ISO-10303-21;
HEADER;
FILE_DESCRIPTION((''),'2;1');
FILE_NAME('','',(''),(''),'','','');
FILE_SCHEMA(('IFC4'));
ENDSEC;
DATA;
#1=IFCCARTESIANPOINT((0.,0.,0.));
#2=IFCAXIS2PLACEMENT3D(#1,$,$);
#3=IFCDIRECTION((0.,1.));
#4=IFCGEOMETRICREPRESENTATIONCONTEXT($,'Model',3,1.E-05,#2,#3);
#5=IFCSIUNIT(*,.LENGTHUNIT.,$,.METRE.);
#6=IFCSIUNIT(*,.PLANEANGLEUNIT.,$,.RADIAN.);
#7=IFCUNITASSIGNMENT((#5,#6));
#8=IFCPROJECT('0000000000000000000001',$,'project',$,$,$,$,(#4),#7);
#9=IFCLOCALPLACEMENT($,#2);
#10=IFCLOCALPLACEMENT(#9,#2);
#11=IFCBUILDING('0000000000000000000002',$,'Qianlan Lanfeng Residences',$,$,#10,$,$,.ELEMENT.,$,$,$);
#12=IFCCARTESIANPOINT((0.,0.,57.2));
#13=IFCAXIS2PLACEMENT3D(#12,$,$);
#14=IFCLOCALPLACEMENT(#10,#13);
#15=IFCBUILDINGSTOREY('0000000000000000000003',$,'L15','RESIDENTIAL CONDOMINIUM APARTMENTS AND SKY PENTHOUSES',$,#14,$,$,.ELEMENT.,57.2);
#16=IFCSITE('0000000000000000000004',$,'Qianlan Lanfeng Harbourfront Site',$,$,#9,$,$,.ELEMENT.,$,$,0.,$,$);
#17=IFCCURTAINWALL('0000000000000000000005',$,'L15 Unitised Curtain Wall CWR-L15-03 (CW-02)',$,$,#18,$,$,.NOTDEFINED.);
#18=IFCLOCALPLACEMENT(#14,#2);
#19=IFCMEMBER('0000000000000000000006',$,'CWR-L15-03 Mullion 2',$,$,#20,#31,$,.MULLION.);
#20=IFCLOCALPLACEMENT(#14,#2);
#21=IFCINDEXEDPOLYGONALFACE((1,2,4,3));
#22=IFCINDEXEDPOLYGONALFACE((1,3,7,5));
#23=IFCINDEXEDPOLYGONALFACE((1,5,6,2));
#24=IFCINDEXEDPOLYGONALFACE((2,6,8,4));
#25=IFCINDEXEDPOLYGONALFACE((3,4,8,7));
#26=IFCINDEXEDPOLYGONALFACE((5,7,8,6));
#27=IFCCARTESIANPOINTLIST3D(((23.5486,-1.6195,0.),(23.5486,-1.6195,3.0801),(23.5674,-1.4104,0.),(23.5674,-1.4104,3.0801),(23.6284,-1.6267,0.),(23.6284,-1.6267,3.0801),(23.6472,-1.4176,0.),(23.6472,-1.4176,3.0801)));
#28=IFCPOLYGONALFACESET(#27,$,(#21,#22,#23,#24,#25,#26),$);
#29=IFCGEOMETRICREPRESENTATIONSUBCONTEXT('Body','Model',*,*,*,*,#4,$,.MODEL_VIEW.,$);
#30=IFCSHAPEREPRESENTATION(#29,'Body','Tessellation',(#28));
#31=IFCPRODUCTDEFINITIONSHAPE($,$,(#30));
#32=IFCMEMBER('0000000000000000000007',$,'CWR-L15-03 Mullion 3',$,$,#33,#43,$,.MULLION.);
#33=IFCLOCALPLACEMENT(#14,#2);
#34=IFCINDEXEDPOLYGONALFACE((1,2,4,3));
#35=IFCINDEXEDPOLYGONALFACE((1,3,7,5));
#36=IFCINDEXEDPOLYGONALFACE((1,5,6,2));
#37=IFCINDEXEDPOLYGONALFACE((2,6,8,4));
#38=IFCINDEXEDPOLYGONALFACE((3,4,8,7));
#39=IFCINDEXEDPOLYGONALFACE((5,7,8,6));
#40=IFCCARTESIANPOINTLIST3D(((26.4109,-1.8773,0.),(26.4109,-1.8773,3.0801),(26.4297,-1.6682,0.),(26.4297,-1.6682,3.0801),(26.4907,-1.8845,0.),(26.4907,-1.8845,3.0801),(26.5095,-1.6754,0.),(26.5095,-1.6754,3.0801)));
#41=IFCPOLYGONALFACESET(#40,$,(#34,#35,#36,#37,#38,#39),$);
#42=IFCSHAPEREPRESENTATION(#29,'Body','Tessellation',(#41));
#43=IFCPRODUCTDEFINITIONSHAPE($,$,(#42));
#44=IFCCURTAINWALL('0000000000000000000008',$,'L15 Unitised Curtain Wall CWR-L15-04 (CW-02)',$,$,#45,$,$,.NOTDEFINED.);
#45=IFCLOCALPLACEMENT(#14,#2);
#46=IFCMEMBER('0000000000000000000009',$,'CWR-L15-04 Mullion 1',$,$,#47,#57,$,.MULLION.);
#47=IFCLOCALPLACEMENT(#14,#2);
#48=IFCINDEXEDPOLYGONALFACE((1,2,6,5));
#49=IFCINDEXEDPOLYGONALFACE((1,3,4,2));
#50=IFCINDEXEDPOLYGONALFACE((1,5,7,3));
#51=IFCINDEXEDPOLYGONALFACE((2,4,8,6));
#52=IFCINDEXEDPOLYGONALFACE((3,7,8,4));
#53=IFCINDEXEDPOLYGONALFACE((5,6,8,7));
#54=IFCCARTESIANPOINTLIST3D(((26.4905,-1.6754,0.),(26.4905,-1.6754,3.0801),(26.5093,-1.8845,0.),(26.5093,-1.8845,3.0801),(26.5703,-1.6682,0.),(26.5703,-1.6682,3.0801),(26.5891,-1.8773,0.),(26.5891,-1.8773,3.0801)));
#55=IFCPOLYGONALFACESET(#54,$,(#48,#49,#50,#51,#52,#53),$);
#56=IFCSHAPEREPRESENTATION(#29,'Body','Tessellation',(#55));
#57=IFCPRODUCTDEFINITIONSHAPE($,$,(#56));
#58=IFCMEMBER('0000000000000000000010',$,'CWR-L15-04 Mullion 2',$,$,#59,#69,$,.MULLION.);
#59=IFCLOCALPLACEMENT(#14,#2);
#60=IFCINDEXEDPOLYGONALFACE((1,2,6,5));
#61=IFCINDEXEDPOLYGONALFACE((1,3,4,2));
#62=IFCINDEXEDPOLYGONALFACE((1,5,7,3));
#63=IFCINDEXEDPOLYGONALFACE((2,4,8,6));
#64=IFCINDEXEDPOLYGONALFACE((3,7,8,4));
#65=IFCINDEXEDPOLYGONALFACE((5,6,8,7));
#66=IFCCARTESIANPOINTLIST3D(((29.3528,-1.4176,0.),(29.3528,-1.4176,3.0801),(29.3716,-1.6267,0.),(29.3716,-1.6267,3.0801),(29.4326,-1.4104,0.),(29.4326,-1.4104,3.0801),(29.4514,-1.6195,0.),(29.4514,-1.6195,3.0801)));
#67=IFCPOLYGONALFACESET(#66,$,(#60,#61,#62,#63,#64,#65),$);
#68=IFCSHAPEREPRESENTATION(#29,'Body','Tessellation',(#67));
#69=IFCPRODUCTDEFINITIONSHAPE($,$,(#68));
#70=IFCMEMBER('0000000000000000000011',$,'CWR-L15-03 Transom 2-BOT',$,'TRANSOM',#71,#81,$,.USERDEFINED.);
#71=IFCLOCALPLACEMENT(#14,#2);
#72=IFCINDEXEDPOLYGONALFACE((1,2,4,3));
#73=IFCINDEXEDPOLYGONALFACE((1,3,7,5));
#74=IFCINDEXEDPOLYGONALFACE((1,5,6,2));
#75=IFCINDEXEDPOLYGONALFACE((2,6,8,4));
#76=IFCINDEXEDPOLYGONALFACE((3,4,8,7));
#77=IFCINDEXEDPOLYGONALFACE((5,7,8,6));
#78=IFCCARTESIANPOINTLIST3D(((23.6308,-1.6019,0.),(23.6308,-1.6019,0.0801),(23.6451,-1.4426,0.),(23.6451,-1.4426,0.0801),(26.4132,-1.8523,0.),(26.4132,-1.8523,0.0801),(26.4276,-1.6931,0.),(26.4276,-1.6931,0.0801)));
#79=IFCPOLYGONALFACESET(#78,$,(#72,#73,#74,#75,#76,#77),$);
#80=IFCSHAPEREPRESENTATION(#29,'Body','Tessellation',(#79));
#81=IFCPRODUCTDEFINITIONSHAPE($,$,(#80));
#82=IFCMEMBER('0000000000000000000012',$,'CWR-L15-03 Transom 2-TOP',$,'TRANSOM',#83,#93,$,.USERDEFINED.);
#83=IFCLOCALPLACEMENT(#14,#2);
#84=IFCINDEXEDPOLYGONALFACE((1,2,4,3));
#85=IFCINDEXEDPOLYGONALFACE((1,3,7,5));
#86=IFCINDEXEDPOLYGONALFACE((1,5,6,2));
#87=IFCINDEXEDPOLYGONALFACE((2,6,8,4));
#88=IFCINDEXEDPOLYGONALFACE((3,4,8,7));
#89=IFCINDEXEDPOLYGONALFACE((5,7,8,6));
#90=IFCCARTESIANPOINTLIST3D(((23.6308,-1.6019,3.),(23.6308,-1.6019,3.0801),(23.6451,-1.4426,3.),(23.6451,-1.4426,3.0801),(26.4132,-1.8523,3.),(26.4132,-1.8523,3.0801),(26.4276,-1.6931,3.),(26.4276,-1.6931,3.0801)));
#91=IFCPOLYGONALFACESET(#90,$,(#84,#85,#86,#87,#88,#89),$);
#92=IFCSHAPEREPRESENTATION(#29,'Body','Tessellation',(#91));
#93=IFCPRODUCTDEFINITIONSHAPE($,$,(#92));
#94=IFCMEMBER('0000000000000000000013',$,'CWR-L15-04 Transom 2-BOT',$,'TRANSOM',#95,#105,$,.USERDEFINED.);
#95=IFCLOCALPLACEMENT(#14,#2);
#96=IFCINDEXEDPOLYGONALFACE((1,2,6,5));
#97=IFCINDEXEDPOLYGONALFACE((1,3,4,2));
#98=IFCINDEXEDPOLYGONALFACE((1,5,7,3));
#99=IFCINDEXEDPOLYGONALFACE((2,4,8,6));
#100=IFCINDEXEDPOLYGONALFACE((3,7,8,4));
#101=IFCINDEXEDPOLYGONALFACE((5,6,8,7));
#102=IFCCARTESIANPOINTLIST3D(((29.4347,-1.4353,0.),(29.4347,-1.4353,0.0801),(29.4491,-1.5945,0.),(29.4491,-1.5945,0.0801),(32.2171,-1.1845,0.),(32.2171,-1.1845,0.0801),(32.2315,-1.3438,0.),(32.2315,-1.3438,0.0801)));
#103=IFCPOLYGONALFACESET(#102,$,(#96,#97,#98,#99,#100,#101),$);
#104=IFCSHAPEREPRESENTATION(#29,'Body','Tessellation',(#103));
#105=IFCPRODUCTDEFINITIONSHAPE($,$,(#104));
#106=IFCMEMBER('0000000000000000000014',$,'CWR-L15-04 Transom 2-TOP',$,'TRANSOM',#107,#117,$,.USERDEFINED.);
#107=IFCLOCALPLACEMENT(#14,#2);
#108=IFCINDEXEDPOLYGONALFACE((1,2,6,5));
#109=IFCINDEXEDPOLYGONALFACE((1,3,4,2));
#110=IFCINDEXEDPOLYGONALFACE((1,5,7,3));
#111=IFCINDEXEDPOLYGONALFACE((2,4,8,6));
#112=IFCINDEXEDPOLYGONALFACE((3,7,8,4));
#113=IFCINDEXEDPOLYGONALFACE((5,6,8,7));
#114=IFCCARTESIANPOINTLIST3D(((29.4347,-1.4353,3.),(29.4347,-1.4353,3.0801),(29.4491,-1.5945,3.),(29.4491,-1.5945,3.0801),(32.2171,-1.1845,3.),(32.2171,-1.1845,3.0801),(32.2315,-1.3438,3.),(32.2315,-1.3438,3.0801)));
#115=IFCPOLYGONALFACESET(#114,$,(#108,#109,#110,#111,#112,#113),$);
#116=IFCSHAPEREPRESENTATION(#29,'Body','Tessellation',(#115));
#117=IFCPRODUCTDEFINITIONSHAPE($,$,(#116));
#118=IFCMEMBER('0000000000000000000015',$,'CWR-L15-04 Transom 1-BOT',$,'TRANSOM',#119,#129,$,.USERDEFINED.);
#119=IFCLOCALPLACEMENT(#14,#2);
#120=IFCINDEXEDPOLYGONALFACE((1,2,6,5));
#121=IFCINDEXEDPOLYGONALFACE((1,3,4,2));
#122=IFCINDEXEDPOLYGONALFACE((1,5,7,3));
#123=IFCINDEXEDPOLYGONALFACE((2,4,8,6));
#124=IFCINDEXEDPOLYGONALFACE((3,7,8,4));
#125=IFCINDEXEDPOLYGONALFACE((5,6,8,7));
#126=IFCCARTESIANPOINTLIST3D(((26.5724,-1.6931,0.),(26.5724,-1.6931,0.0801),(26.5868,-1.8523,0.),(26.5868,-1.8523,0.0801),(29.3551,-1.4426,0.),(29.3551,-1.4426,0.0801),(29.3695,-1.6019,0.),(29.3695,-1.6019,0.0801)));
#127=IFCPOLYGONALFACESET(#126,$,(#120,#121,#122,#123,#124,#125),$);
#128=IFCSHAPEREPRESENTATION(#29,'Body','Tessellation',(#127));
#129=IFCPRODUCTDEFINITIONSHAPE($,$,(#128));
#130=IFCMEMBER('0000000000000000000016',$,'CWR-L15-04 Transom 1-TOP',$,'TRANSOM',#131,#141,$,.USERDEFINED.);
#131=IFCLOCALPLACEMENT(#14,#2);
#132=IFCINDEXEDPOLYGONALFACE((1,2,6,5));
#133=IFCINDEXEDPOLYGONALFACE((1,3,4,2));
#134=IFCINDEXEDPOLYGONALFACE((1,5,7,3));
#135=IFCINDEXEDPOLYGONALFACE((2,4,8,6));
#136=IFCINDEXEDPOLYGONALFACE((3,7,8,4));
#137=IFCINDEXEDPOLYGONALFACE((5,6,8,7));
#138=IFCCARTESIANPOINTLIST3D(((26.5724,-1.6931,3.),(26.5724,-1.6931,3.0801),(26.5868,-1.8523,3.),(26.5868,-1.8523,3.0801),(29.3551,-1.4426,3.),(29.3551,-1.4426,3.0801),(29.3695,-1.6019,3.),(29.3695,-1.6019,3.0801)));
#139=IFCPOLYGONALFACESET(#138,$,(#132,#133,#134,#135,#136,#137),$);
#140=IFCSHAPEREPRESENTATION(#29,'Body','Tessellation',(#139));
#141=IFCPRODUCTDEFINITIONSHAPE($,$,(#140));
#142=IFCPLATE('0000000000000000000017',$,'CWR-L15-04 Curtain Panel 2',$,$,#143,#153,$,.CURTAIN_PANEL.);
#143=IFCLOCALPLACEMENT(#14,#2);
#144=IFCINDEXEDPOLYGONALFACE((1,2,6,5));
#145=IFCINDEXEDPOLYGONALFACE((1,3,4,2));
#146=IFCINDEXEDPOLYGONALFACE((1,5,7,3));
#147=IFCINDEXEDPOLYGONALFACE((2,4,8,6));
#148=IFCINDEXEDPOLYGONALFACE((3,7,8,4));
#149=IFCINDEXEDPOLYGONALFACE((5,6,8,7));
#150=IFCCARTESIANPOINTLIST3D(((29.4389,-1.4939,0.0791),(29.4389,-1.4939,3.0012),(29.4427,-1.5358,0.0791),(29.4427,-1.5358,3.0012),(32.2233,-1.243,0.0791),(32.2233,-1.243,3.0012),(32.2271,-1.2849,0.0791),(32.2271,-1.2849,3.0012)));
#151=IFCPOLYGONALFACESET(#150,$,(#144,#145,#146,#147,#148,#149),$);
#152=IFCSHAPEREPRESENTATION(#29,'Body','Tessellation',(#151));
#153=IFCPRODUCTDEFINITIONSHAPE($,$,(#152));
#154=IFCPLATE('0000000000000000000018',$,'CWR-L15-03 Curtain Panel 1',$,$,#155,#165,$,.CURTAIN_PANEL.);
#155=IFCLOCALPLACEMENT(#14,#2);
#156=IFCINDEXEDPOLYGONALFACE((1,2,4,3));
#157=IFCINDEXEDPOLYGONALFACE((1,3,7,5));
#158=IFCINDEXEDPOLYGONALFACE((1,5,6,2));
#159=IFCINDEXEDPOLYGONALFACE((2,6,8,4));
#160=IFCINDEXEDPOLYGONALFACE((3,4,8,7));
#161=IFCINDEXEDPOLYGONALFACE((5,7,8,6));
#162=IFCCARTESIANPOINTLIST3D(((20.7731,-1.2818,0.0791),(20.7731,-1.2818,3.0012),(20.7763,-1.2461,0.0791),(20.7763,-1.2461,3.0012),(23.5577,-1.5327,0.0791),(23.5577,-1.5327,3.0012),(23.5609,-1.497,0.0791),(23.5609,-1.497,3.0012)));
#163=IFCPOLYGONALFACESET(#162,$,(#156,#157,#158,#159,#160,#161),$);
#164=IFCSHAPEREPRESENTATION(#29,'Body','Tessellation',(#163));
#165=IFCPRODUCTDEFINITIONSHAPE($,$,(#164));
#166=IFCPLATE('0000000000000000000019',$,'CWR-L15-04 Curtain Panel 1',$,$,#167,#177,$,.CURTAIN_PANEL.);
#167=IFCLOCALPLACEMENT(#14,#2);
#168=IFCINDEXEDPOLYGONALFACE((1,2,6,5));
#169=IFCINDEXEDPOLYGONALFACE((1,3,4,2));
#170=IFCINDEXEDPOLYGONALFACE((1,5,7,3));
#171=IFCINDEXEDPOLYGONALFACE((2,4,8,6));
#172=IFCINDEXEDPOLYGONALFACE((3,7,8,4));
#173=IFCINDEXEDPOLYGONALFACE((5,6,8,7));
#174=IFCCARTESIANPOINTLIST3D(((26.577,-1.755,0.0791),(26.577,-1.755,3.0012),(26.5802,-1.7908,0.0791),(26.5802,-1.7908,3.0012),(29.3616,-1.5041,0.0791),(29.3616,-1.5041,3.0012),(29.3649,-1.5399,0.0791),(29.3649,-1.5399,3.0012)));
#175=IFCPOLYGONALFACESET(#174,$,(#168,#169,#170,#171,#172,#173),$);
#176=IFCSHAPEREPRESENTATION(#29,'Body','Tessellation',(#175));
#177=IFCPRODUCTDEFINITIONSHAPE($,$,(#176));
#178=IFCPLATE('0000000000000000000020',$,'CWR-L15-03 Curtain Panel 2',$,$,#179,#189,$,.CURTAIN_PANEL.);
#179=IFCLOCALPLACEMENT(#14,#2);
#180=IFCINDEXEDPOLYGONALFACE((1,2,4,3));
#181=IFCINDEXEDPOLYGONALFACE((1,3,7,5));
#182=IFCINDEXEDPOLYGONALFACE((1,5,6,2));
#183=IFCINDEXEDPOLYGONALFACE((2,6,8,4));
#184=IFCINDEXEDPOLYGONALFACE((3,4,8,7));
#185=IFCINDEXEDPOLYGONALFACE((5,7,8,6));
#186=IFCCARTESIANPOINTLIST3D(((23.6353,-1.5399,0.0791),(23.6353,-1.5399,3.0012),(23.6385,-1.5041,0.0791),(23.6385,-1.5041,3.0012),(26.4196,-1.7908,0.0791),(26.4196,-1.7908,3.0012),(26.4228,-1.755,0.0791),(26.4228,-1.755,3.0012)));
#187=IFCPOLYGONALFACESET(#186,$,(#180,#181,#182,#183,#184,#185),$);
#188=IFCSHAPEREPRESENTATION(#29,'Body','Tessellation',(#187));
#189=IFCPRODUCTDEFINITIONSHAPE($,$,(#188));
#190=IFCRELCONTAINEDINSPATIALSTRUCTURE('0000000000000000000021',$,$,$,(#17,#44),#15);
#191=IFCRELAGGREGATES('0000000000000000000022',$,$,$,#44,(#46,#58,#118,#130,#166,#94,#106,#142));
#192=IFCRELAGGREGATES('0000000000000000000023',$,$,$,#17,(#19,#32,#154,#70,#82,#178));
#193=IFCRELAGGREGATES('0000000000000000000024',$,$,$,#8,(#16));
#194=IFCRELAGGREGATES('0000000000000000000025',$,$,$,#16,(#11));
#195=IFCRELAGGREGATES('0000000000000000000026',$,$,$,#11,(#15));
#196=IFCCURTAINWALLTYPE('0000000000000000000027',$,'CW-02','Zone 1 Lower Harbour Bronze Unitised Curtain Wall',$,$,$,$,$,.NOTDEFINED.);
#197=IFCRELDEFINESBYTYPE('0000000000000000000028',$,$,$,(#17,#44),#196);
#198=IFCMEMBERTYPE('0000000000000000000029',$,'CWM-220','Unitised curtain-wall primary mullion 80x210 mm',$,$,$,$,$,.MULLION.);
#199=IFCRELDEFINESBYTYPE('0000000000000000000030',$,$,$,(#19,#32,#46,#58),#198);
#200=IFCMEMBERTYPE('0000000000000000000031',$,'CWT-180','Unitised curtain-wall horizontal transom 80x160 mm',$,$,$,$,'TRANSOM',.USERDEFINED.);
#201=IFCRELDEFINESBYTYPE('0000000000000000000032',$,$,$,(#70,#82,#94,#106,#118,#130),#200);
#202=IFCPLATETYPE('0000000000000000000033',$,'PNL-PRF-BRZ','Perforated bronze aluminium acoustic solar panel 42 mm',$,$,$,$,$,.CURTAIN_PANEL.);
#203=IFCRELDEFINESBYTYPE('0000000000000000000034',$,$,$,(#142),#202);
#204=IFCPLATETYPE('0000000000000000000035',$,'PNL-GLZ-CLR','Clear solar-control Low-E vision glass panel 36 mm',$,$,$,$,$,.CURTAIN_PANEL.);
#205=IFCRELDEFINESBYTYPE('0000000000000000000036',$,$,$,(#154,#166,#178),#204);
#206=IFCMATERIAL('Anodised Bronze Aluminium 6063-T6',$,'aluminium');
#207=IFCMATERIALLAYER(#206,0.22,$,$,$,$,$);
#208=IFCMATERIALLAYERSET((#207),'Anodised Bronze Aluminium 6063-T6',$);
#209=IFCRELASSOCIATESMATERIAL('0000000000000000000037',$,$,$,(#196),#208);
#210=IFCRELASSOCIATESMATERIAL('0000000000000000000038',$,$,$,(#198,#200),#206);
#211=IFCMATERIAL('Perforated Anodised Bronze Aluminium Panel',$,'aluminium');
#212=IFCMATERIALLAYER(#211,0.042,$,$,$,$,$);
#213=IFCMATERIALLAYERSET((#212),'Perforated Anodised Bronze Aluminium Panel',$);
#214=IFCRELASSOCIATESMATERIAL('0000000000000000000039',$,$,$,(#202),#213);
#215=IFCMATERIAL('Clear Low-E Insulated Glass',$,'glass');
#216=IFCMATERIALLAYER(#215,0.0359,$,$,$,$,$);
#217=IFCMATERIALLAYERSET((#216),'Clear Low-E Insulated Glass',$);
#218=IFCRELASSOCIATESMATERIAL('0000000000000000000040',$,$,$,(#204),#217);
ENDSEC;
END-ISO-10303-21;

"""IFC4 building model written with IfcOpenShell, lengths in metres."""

from ifc_helpers import new_model, si_unit, direction, frame, origin, origin_2d, place, context, subcontext, project, spatial, rectangle, extrude, source, transform, mapped, material, layer, layer_set, material_profile, profile_set, type_object, element, aggregate, save


model = new_model("IFC4")

# Units and contexts
model_context = context("Model", 3, precision=1e-05, world=origin(), true_north=direction((0.0, 1.0)))
body_context = subcontext(model_context, "Body", "Model", "MODEL_VIEW")
ifc_project = project(units=[si_unit("LENGTHUNIT", "METRE"), si_unit("PLANEANGLEUNIT", "RADIAN")], contexts=[model_context])

# Site, building, storey
site_placement = place(None, origin())
site = spatial("IfcSite", under=ifc_project, at=site_placement, Name="Qianlan Lanfeng Harbourfront Site", CompositionType="ELEMENT", RefElevation=0.0)
building_placement = place(site_placement, origin())
building = spatial("IfcBuilding", under=site, at=building_placement, Name="Qianlan Lanfeng Residences", CompositionType="ELEMENT")
storey_placement = place(building_placement, frame((0.0, 0.0, 57.2)))
storey = spatial("IfcBuildingStorey", under=building, at=storey_placement, Name="L15", Description="RESIDENTIAL CONDOMINIUM APARTMENTS AND SKY PENTHOUSES", CompositionType="ELEMENT", Elevation=57.2)

# Curtain walls, members
ifc_material_1 = material(Name="Anodised Bronze Aluminium 6063-T6", Category="aluminium")
ifc_layer_1 = layer(ifc_material_1, 0.22)
ifc_layer_set_1 = layer_set([ifc_layer_1], Name="Anodised Bronze Aluminium 6063-T6")
curtain_wall_type = type_object("IfcCurtainWallType", Name="CW-02", Description="Zone 1 Lower Harbour Bronze Unitised Curtain Wall", PredefinedType="NOTDEFINED", material=ifc_layer_set_1)
curtain_wall_1_placement = place(storey_placement, origin())
curtain_wall_1 = element("IfcCurtainWall", 1, at=curtain_wall_1_placement, inside=storey, type_object=curtain_wall_type, Name="L15 Unitised Curtain Wall CWR-L15-03 (CW-02)", PredefinedType="NOTDEFINED")
ifc_material_profile_1 = material_profile(ifc_material_1, rectangle(XDim=0.0801, YDim=0.21, at=origin_2d()), Name="ALU MULLION 80x210")
ifc_profile_set_1 = profile_set([ifc_material_profile_1], Name="Anodised Bronze Aluminium 6063-T6")
member_type_1 = type_object("IfcMemberType", Name="CWM-220", Description="Unitised curtain-wall primary mullion 80x210 mm", PredefinedType="MULLION", material=ifc_profile_set_1)
shared_shape_1 = source(origin(), body_context, "Body", "SweptSolid", [
    extrude(rectangle(XDim=0.0801, YDim=0.21, at=origin_2d()), origin(), (0.0, 0.0, 1.0), 3.0801),
])
member_1_placement = place(storey_placement, frame((23.5979, -1.5186, 0.0), z_axis=(0.0, 0.0, 1.0), x_axis=(0.995965, -0.089746, 0.0)))
member_1 = element("IfcMember", 2, at=member_1_placement, type_object=member_type_1, Name="CWR-L15-03 Mullion 2", PredefinedType="MULLION", context=body_context, shape_type="MappedRepresentation", body=[
    mapped(shared_shape_1, transform((0.0, 0.0, 0.0), scale=1.0)),
])
member_2_placement = place(storey_placement, frame((26.4602, -1.7764, 0.0), z_axis=(0.0, 0.0, 1.0), x_axis=(0.995965, -0.089746, 0.0)))
member_2 = element("IfcMember", 3, at=member_2_placement, type_object=member_type_1, Name="CWR-L15-03 Mullion 3", PredefinedType="MULLION", context=body_context, shape_type="MappedRepresentation", body=[
    mapped(shared_shape_1, transform((0.0, 0.0, 0.0), scale=1.0)),
])
curtain_wall_2_placement = place(storey_placement, origin())
curtain_wall_2 = element("IfcCurtainWall", 4, at=curtain_wall_2_placement, inside=storey, type_object=curtain_wall_type, Name="L15 Unitised Curtain Wall CWR-L15-04 (CW-02)", PredefinedType="NOTDEFINED")
member_3_placement = place(storey_placement, frame((26.5398, -1.7764, 0.0), z_axis=(0.0, 0.0, 1.0), x_axis=(0.995965, 0.089746, 0.0)))
member_3 = element("IfcMember", 5, at=member_3_placement, type_object=member_type_1, Name="CWR-L15-04 Mullion 1", PredefinedType="MULLION", context=body_context, shape_type="MappedRepresentation", body=[
    mapped(shared_shape_1, transform((0.0, 0.0, 0.0), scale=1.0)),
])
member_4_placement = place(storey_placement, frame((29.4021, -1.5186, 0.0), z_axis=(0.0, 0.0, 1.0), x_axis=(0.995965, 0.089746, 0.0)))
member_4 = element("IfcMember", 6, at=member_4_placement, type_object=member_type_1, Name="CWR-L15-04 Mullion 2", PredefinedType="MULLION", context=body_context, shape_type="MappedRepresentation", body=[
    mapped(shared_shape_1, transform((0.0, 0.0, 0.0), scale=1.0)),
])

# Members
ifc_material_profile_2 = material_profile(ifc_material_1, rectangle(XDim=0.0801, YDim=0.1599, at=origin_2d()), Name="ALU TRANSOM 80x160")
ifc_profile_set_2 = profile_set([ifc_material_profile_2], Name="Anodised Bronze Aluminium 6063-T6")
member_type_2 = type_object("IfcMemberType", Name="CWT-180", Description="Unitised curtain-wall horizontal transom 80x160 mm", ElementType="TRANSOM", PredefinedType="USERDEFINED", material=ifc_profile_set_2)
shared_shape_2 = source(origin(), body_context, "Body", "SweptSolid", [
    extrude(rectangle(XDim=0.0801, YDim=0.1599, at=origin_2d()), origin(), (0.0, 0.0, 1.0), 2.7937),
])
member_5_placement = place(storey_placement, frame((23.6379, -1.5222, 0.04), z_axis=(0.995972, -0.089661, 0.0), x_axis=(0.0, 0.0, 1.0)))
member_5 = element("IfcMember", 7, at=member_5_placement, type_object=member_type_2, Name="CWR-L15-03 Transom 2-BOT", ObjectType="TRANSOM", PredefinedType="USERDEFINED", context=body_context, shape_type="MappedRepresentation", body=[
    mapped(shared_shape_2, transform((0.0, 0.0, 0.0), scale=1.0)),
])
member_6_placement = place(storey_placement, frame((23.6379, -1.5222, 3.04), z_axis=(0.995972, -0.089661, 0.0), x_axis=(0.0, 0.0, 1.0)))
member_6 = element("IfcMember", 8, at=member_6_placement, type_object=member_type_2, Name="CWR-L15-03 Transom 2-TOP", ObjectType="TRANSOM", PredefinedType="USERDEFINED", context=body_context, shape_type="MappedRepresentation", body=[
    mapped(shared_shape_2, transform((0.0, 0.0, 0.0), scale=1.0)),
])
member_7_placement = place(storey_placement, frame((29.4419, -1.5149, 0.04), z_axis=(0.995965, 0.089748, 0.0), x_axis=(0.0, 0.0, 1.0)))
member_7 = element("IfcMember", 9, at=member_7_placement, type_object=member_type_2, Name="CWR-L15-04 Transom 2-BOT", ObjectType="TRANSOM", PredefinedType="USERDEFINED", context=body_context, shape_type="MappedRepresentation", body=[
    mapped(shared_shape_2, transform((0.0, 0.0, 0.0), scale=1.0)),
])
member_8_placement = place(storey_placement, frame((29.4419, -1.5149, 3.04), z_axis=(0.995965, 0.089748, 0.0), x_axis=(0.0, 0.0, 1.0)))
member_8 = element("IfcMember", 10, at=member_8_placement, type_object=member_type_2, Name="CWR-L15-04 Transom 2-TOP", ObjectType="TRANSOM", PredefinedType="USERDEFINED", context=body_context, shape_type="MappedRepresentation", body=[
    mapped(shared_shape_2, transform((0.0, 0.0, 0.0), scale=1.0)),
])
shared_shape_3 = source(origin(), body_context, "Body", "SweptSolid", [
    extrude(rectangle(XDim=0.0801, YDim=0.1599, at=origin_2d()), origin(), (0.0, 0.0, 1.0), 2.7939),
])
member_9_placement = place(storey_placement, frame((26.5796, -1.7727, 0.04), z_axis=(0.995973, 0.089653, 0.0), x_axis=(0.0, 0.0, 1.0)))
member_9 = element("IfcMember", 11, at=member_9_placement, type_object=member_type_2, Name="CWR-L15-04 Transom 1-BOT", ObjectType="TRANSOM", PredefinedType="USERDEFINED", context=body_context, shape_type="MappedRepresentation", body=[
    mapped(shared_shape_3, transform((0.0, 0.0, 0.0), scale=1.0)),
])
member_10_placement = place(storey_placement, frame((26.5796, -1.7727, 3.04), z_axis=(0.995973, 0.089653, 0.0), x_axis=(0.0, 0.0, 1.0)))
member_10 = element("IfcMember", 12, at=member_10_placement, type_object=member_type_2, Name="CWR-L15-04 Transom 1-TOP", ObjectType="TRANSOM", PredefinedType="USERDEFINED", context=body_context, shape_type="MappedRepresentation", body=[
    mapped(shared_shape_3, transform((0.0, 0.0, 0.0), scale=1.0)),
])

# Plates
ifc_material_2 = material(Name="Perforated Anodised Bronze Aluminium Panel", Category="aluminium")
ifc_layer_2 = layer(ifc_material_2, 0.042)
ifc_layer_set_2 = layer_set([ifc_layer_2], Name="Perforated Anodised Bronze Aluminium Panel")
plate_type_1 = type_object("IfcPlateType", Name="PNL-PRF-BRZ", Description="Perforated bronze aluminium acoustic solar panel 42 mm", PredefinedType="CURTAIN_PANEL", material=ifc_layer_set_2)
shared_shape_4 = source(origin(), body_context, "Body", "SweptSolid", [
    extrude(rectangle(XDim=2.7957, YDim=0.042, at=origin_2d()), origin(), (0.0, 0.0, 1.0), 2.9221),
])
plate_1_placement = place(storey_placement, frame((30.833, -1.3894, 0.0791), z_axis=(0.0, 0.0, 1.0), x_axis=(0.995965, 0.089746, 0.0)))
plate_1 = element("IfcPlate", 13, at=plate_1_placement, type_object=plate_type_1, Name="CWR-L15-04 Curtain Panel 2", PredefinedType="CURTAIN_PANEL", context=body_context, shape_type="MappedRepresentation", body=[
    mapped(shared_shape_4, transform((0.0, 0.0, 0.0), scale=1.0)),
])
ifc_material_3 = material(Name="Clear Low-E Insulated Glass", Category="glass")
ifc_layer_3 = layer(ifc_material_3, 0.0359)
ifc_layer_set_3 = layer_set([ifc_layer_3], Name="Clear Low-E Insulated Glass")
plate_type_2 = type_object("IfcPlateType", Name="PNL-GLZ-CLR", Description="Clear solar-control Low-E vision glass panel 36 mm", PredefinedType="CURTAIN_PANEL", material=ifc_layer_set_3)
shared_shape_5 = source(origin(), body_context, "Body", "SweptSolid", [
    extrude(rectangle(XDim=2.7959, YDim=0.0359, at=origin_2d()), origin(), (0.0, 0.0, 1.0), 2.9221),
])
plate_2_placement = place(storey_placement, frame((22.167, -1.3894, 0.0791), z_axis=(0.0, 0.0, 1.0), x_axis=(0.995965, -0.089746, 0.0)))
plate_2 = element("IfcPlate", 14, at=plate_2_placement, type_object=plate_type_2, Name="CWR-L15-03 Curtain Panel 1", PredefinedType="CURTAIN_PANEL", context=body_context, shape_type="MappedRepresentation", body=[
    mapped(shared_shape_5, transform((0.0, 0.0, 0.0), scale=1.0)),
])
plate_3_placement = place(storey_placement, frame((27.9709, -1.6475, 0.0791), z_axis=(0.0, 0.0, 1.0), x_axis=(0.995965, 0.089746, 0.0)))
plate_3 = element("IfcPlate", 15, at=plate_3_placement, type_object=plate_type_2, Name="CWR-L15-04 Curtain Panel 1", PredefinedType="CURTAIN_PANEL", context=body_context, shape_type="MappedRepresentation", body=[
    mapped(shared_shape_5, transform((0.0, 0.0, 0.0), scale=1.0)),
])
aggregate(curtain_wall_2, [member_3, member_4, member_9, member_10, plate_3, member_7, member_8, plate_1])
shared_shape_6 = source(origin(), body_context, "Body", "SweptSolid", [
    extrude(rectangle(XDim=2.7957, YDim=0.0359, at=origin_2d()), origin(), (0.0, 0.0, 1.0), 2.9221),
])
plate_4_placement = place(storey_placement, frame((25.0291, -1.6475, 0.0791), z_axis=(0.0, 0.0, 1.0), x_axis=(0.995965, -0.089746, 0.0)))
plate_4 = element("IfcPlate", 16, at=plate_4_placement, type_object=plate_type_2, Name="CWR-L15-03 Curtain Panel 2", PredefinedType="CURTAIN_PANEL", context=body_context, shape_type="MappedRepresentation", body=[
    mapped(shared_shape_6, transform((0.0, 0.0, 0.0), scale=1.0)),
])
aggregate(curtain_wall_1, [member_1, member_2, plate_2, member_5, member_6, plate_4])

save(model, "model.ifc")
